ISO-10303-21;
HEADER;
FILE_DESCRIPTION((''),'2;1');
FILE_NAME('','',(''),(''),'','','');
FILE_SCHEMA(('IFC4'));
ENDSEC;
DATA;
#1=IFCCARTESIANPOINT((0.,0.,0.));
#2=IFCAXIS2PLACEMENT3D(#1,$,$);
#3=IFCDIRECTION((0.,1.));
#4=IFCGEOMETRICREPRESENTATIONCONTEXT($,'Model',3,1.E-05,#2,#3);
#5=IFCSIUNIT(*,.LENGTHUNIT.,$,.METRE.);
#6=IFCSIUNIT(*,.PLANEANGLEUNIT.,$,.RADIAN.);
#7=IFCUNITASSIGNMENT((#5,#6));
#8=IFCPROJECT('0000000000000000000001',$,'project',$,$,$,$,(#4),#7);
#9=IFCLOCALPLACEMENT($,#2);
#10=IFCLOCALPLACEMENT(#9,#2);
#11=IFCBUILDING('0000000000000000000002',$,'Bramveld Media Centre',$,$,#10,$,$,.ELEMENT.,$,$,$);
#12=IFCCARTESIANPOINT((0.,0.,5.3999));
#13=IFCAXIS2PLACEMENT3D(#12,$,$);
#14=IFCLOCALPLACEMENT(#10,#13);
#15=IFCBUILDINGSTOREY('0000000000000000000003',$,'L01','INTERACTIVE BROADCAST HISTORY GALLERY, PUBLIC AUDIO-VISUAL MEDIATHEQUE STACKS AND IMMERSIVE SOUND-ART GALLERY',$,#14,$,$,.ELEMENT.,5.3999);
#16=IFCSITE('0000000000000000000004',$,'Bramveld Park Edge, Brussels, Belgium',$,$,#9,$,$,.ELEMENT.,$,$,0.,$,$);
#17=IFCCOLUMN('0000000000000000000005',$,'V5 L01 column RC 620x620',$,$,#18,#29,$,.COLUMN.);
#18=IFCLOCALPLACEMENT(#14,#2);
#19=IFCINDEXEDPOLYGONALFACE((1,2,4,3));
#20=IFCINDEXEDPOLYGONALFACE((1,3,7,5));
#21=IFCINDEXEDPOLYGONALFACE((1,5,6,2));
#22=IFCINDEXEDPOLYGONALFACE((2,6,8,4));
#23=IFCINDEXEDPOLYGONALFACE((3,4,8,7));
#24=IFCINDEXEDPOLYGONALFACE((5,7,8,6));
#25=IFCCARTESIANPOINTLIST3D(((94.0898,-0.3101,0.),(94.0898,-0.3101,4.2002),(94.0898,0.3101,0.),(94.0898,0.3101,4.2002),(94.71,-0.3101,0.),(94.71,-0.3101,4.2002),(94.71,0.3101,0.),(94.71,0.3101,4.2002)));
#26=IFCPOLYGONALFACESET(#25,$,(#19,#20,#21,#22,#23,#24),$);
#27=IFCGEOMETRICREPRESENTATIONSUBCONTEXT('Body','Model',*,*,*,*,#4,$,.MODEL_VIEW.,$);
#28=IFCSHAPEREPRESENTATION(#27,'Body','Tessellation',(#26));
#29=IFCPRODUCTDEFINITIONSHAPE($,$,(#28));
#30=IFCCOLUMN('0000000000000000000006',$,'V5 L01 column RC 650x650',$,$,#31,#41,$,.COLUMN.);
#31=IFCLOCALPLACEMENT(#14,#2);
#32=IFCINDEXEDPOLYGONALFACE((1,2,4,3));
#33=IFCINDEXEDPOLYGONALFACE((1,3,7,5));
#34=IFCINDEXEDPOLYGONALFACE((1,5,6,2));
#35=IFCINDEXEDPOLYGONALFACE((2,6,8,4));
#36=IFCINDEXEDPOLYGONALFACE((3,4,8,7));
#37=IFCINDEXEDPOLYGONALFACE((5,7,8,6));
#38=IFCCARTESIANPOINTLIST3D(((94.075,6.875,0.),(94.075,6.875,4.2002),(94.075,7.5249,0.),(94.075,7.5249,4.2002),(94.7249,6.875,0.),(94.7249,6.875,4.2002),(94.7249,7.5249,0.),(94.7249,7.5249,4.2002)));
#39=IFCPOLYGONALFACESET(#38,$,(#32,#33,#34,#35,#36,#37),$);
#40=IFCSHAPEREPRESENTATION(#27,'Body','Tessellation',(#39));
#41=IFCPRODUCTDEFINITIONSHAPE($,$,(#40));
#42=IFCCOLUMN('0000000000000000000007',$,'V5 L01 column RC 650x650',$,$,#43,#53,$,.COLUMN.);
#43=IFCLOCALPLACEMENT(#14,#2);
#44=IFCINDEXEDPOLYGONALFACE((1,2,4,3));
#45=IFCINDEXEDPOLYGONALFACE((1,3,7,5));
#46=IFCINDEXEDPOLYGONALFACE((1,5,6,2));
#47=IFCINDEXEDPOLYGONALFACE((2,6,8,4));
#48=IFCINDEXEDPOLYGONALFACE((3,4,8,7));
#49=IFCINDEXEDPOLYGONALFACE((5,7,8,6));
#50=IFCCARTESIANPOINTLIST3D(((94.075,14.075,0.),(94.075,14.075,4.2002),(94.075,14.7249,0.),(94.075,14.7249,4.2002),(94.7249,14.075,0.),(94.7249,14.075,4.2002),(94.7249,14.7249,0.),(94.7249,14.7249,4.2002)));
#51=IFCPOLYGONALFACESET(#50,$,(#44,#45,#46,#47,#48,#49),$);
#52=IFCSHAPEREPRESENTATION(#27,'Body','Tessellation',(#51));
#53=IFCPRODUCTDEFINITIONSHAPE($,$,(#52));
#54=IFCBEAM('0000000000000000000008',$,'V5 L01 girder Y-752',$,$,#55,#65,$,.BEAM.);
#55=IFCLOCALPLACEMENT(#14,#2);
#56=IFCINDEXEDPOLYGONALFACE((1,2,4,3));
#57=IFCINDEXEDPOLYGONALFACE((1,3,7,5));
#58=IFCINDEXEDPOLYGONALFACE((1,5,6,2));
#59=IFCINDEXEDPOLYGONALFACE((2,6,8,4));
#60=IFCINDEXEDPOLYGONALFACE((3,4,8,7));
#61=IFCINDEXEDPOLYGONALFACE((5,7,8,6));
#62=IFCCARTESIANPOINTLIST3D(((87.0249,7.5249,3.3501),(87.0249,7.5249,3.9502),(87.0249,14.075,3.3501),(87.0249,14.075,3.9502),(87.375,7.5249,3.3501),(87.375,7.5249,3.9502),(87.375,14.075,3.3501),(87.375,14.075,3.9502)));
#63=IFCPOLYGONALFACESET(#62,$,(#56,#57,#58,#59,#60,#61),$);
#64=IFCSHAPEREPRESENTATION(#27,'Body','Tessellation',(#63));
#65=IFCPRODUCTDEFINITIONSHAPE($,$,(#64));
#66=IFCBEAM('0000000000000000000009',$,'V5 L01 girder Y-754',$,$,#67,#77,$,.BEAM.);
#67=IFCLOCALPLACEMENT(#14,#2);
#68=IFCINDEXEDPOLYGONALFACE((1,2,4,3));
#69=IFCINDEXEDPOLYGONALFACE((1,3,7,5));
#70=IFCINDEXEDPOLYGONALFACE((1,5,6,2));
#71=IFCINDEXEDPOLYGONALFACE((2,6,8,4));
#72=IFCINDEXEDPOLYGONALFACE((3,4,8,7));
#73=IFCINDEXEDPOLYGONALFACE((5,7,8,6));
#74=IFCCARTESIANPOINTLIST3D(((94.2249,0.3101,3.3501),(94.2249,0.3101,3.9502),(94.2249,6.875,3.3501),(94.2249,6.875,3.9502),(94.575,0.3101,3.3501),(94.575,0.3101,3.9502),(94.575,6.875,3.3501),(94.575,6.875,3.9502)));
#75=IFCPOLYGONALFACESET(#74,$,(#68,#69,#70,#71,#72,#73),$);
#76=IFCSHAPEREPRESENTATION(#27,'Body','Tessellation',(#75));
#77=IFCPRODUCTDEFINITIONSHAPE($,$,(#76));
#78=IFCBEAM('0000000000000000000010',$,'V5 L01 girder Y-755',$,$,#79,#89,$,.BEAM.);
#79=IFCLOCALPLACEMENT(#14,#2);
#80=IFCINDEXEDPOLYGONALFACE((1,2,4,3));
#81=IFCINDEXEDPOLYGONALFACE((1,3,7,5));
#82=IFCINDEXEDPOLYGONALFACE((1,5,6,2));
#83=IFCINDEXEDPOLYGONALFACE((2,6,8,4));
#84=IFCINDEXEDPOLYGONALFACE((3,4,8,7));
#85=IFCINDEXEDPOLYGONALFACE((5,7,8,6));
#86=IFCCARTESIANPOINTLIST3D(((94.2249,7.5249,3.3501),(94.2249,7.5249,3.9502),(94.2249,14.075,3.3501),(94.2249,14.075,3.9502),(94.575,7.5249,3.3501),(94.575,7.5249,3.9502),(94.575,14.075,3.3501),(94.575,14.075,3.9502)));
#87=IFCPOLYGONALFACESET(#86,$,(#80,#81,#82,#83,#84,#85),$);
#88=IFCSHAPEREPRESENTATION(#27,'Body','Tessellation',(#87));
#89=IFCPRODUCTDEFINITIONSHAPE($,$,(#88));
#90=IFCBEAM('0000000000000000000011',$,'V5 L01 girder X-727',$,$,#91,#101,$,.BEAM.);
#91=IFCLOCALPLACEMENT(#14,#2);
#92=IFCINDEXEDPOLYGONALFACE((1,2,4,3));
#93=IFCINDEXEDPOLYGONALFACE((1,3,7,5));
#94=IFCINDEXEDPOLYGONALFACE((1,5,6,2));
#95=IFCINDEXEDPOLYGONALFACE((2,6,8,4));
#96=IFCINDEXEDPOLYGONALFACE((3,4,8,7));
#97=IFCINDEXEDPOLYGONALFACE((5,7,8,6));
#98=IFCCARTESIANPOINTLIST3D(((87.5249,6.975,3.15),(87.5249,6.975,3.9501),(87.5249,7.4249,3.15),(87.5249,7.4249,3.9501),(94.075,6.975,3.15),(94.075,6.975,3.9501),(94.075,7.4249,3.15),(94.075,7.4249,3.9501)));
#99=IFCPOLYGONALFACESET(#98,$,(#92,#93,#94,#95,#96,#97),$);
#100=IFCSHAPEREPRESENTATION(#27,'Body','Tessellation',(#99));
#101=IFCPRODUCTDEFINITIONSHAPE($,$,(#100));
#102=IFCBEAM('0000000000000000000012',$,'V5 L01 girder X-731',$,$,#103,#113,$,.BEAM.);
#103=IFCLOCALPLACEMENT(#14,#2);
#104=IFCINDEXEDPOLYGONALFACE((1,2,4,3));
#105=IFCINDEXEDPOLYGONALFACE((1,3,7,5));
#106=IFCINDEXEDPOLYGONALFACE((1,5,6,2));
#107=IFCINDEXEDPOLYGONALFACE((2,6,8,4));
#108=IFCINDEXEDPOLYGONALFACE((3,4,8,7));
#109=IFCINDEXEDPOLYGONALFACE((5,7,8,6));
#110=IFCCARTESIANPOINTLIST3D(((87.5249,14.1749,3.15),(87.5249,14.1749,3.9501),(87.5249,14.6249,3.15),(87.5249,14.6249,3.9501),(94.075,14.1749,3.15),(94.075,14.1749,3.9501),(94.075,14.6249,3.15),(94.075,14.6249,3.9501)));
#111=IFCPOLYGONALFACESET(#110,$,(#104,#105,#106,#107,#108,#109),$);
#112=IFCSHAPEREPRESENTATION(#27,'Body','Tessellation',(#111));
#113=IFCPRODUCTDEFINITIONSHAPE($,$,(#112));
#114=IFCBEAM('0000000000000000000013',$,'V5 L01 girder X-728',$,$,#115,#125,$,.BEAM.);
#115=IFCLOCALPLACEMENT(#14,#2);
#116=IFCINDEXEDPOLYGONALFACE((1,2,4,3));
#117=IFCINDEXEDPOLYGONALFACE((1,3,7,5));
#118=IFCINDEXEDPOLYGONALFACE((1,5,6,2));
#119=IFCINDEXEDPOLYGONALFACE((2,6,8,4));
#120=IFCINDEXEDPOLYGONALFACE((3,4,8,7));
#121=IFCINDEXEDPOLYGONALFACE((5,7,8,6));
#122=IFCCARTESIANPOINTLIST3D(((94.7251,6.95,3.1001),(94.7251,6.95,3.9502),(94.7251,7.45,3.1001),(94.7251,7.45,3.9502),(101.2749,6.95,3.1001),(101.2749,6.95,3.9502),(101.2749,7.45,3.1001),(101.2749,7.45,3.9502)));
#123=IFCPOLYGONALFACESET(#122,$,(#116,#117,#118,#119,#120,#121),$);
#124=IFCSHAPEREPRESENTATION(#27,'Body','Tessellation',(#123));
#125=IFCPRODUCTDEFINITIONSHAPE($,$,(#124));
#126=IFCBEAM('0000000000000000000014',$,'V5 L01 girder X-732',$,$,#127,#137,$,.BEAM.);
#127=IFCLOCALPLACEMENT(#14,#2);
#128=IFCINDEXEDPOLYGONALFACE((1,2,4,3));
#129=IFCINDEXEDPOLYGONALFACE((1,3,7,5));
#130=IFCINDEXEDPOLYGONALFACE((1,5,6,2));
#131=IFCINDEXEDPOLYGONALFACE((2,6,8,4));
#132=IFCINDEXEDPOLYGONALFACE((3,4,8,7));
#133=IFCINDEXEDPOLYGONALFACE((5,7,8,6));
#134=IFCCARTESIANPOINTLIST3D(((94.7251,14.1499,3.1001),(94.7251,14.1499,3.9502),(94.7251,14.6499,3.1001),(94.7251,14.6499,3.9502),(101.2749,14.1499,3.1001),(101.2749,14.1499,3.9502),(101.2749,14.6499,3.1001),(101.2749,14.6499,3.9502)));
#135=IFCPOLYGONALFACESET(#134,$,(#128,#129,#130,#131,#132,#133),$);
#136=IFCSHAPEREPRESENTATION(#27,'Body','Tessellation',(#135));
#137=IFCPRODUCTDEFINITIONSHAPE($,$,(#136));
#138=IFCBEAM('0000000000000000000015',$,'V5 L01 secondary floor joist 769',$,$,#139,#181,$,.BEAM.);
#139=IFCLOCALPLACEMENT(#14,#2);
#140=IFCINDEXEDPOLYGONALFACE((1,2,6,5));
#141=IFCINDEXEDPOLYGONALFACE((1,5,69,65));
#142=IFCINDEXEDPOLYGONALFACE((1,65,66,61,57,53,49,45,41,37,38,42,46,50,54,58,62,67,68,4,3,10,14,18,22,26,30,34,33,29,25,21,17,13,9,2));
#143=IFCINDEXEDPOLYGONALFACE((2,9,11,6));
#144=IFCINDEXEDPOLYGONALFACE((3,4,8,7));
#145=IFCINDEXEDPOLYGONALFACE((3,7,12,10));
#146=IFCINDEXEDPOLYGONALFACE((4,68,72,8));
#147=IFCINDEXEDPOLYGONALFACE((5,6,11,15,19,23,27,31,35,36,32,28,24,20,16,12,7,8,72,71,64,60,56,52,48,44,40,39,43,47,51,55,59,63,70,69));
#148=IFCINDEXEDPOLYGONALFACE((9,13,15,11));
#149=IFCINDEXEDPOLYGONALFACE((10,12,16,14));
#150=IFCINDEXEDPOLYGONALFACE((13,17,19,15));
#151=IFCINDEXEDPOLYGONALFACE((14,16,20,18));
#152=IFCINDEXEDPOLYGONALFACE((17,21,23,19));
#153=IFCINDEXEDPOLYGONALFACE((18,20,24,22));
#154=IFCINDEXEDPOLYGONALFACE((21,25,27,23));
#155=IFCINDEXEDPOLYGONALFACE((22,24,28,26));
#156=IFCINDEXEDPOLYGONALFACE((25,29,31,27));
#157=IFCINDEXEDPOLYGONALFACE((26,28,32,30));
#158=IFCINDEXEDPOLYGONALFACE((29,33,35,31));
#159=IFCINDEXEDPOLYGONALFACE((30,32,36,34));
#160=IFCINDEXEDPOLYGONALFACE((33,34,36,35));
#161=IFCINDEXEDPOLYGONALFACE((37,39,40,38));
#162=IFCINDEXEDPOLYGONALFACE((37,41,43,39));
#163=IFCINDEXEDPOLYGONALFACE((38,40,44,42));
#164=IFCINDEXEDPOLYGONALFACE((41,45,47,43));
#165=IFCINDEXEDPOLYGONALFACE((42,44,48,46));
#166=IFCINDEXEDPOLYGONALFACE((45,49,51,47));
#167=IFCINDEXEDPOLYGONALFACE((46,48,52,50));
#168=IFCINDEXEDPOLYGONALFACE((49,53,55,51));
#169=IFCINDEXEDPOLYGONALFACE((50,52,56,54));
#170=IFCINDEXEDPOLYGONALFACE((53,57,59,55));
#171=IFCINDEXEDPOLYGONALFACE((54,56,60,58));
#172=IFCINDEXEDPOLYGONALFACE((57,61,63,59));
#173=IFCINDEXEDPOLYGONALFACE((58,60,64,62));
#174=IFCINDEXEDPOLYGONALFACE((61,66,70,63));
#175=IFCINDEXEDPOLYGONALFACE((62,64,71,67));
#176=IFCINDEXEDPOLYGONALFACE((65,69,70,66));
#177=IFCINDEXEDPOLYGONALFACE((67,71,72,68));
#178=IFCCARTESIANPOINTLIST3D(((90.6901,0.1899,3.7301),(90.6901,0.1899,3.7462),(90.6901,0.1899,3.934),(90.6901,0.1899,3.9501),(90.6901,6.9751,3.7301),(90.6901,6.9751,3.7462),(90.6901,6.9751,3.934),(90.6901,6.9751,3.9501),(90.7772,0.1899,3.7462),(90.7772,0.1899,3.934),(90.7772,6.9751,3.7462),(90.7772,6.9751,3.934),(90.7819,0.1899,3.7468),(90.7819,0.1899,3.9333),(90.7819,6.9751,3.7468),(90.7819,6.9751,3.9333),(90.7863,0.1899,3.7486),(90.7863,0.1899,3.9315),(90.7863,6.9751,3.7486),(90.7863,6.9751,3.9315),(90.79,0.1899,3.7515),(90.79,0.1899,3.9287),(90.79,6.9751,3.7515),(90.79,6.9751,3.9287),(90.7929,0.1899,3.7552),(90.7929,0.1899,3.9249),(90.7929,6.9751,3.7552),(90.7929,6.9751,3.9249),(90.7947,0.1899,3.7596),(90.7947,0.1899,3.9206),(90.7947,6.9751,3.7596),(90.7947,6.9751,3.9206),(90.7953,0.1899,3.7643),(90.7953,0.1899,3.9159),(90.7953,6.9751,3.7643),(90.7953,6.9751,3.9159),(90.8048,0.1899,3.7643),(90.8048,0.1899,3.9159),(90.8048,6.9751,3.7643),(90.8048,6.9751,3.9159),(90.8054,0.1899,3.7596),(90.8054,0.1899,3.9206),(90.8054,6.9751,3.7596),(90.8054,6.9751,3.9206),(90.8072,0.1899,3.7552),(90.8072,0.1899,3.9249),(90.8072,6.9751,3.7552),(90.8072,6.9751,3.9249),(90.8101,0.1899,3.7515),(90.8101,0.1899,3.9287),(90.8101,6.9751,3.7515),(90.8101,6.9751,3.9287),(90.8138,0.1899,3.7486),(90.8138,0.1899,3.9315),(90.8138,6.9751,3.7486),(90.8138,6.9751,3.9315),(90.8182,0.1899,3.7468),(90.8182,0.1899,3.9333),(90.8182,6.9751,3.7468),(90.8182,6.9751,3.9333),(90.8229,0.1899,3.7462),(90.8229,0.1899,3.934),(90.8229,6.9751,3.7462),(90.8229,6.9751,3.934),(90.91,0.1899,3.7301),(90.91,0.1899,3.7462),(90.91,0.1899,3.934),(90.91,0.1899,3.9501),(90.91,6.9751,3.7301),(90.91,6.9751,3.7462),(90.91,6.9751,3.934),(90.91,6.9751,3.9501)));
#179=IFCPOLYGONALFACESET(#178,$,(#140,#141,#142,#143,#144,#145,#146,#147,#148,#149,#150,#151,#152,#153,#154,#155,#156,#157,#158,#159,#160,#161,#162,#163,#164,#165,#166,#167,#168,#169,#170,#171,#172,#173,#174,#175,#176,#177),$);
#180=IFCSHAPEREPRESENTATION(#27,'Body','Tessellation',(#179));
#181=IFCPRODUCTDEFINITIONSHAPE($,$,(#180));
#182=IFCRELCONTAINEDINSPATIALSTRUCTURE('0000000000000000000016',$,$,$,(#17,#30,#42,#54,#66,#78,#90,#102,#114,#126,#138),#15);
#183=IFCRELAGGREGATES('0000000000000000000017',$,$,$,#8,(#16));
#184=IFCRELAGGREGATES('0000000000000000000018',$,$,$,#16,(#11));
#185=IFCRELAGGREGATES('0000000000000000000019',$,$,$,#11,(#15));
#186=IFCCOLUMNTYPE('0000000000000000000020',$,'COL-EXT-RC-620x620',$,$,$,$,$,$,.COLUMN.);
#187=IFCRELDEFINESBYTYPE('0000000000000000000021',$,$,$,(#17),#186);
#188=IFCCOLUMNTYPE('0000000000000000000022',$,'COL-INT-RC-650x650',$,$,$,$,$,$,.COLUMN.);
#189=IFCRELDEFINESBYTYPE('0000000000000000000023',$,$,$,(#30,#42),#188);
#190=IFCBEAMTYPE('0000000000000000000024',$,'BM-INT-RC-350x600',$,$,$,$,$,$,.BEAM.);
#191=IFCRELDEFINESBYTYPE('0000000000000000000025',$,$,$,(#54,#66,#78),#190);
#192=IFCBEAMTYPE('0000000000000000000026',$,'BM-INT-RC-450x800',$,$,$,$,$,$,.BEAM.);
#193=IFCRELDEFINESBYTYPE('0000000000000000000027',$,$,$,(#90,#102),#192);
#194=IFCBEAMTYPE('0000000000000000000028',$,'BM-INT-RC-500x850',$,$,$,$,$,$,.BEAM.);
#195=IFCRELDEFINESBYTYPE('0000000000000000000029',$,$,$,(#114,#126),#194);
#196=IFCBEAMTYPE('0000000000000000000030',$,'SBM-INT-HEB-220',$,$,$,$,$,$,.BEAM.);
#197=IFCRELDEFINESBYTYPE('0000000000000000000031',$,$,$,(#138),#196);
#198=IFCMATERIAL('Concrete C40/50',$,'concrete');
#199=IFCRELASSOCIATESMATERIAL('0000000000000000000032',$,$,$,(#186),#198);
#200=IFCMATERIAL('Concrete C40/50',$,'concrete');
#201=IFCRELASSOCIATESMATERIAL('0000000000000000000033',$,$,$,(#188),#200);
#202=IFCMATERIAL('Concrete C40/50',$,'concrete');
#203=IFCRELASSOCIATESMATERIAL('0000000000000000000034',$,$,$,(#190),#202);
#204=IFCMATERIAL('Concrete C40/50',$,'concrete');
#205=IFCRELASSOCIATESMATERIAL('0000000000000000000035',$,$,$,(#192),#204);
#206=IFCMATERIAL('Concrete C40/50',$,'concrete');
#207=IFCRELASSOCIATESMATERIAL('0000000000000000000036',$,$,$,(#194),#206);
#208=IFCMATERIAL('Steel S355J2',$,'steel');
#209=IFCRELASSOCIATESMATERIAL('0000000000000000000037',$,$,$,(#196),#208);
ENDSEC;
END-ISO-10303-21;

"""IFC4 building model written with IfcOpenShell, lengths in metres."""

from ifc_helpers import new_model, si_unit, direction, frame, origin, origin_2d, place, context, subcontext, project, spatial, rectangle, i_section, extrude, material, material_profile, profile_set, type_object, element, save


model = new_model("IFC4")

# Units and contexts
model_context = context("Model", 3, precision=1e-05, world=origin(), true_north=direction((0.0, 1.0)))
body_context = subcontext(model_context, "Body", "Model", "MODEL_VIEW")
ifc_project = project(units=[si_unit("LENGTHUNIT", "METRE"), si_unit("PLANEANGLEUNIT", "RADIAN")], contexts=[model_context])

# Site, building, storey
site_placement = place(None, origin())
site = spatial("IfcSite", under=ifc_project, at=site_placement, Name="Bramveld Park Edge, Brussels, Belgium", CompositionType="ELEMENT", RefElevation=0.0)
building_placement = place(site_placement, origin())
building = spatial("IfcBuilding", under=site, at=building_placement, Name="Bramveld Media Centre", CompositionType="ELEMENT")
storey_placement = place(building_placement, frame((0.0, 0.0, 5.3999)))
storey = spatial("IfcBuildingStorey", under=building, at=storey_placement, Name="L01", Description="INTERACTIVE BROADCAST HISTORY GALLERY, PUBLIC AUDIO-VISUAL MEDIATHEQUE STACKS AND IMMERSIVE SOUND-ART GALLERY", CompositionType="ELEMENT", Elevation=5.3999)

# Columns
ifc_material_1 = material(Name="Concrete C40/50", Category="concrete")
ifc_material_profile_1 = material_profile(ifc_material_1, rectangle(XDim=0.6201, YDim=0.6201, at=origin_2d()), Name="RC 620x620")
ifc_profile_set_1 = profile_set([ifc_material_profile_1], Name="Concrete C40/50")
column_type_1 = type_object("IfcColumnType", Name="COL-EXT-RC-620x620", PredefinedType="COLUMN", material=ifc_profile_set_1)
column_placement = place(storey_placement, frame((94.3999, 0.0, 0.0), z_axis=(0.0, 0.0, 1.0), x_axis=(1.0, 0.0, 0.0)))
element("IfcColumn", 1, at=column_placement, inside=storey, type_object=column_type_1, Name="V5 L01 column RC 620x620", PredefinedType="COLUMN", context=body_context, shape_type="SweptSolid", body=[
    extrude(rectangle(XDim=0.6201, YDim=0.6201, at=origin_2d()), origin(), (0.0, 0.0, 1.0), 4.2002),
])
ifc_material_2 = material(Name="Concrete C40/50", Category="concrete")
ifc_material_profile_2 = material_profile(ifc_material_2, rectangle(XDim=0.6499, YDim=0.6499, at=origin_2d()), Name="RC 650x650")
ifc_profile_set_2 = profile_set([ifc_material_profile_2], Name="Concrete C40/50")
column_type_2 = type_object("IfcColumnType", Name="COL-INT-RC-650x650", PredefinedType="COLUMN", material=ifc_profile_set_2)
for number, where, z_axis, x_axis, name in (
    (2, (94.3999, 7.2, 0.0), (0.0, 0.0, 1.0), (1.0, 0.0, 0.0), "V5 L01 column RC 650x650"),
    (3, (94.3999, 14.3999, 0.0), (0.0, 0.0, 1.0), (1.0, 0.0, 0.0), "V5 L01 column RC 650x650"),
):
    element("IfcColumn", number, at=place(storey_placement, frame(where, z_axis=z_axis, x_axis=x_axis)), inside=storey, type_object=column_type_2, Name=name, PredefinedType="COLUMN", context=body_context, shape_type="SweptSolid", body=[
        extrude(rectangle(XDim=0.6499, YDim=0.6499, at=origin_2d()), origin(), (0.0, 0.0, 1.0), 4.2002),
    ])

# Beams
ifc_material_3 = material(Name="Concrete C40/50", Category="concrete")
ifc_material_profile_3 = material_profile(ifc_material_3, rectangle(XDim=0.3501, YDim=0.6001, at=origin_2d()), Name="RC 350x600")
ifc_profile_set_3 = profile_set([ifc_material_profile_3], Name="Concrete C40/50")
beam_type_1 = type_object("IfcBeamType", Name="BM-INT-RC-350x600", PredefinedType="BEAM", material=ifc_profile_set_3)
beam_1_placement = place(storey_placement, frame((87.2, 7.5249, 3.6501), z_axis=(0.0, 1.0, 0.0), x_axis=(-1.0, 0.0, 0.0)))
element("IfcBeam", 4, at=beam_1_placement, inside=storey, type_object=beam_type_1, Name="V5 L01 girder Y-752", PredefinedType="BEAM", context=body_context, shape_type="SweptSolid", body=[
    extrude(rectangle(XDim=0.3501, YDim=0.6001, at=origin_2d()), origin(), (0.0, 0.0, 1.0), 6.55),
])
beam_2_placement = place(storey_placement, frame((94.3999, 0.3101, 3.6501), z_axis=(0.0, 1.0, 0.0), x_axis=(-1.0, 0.0, 0.0)))
element("IfcBeam", 5, at=beam_2_placement, inside=storey, type_object=beam_type_1, Name="V5 L01 girder Y-754", PredefinedType="BEAM", context=body_context, shape_type="SweptSolid", body=[
    extrude(rectangle(XDim=0.3501, YDim=0.6001, at=origin_2d()), origin(), (0.0, 0.0, 1.0), 6.5649),
])
beam_3_placement = place(storey_placement, frame((94.3999, 7.5249, 3.6501), z_axis=(0.0, 1.0, 0.0), x_axis=(-1.0, 0.0, 0.0)))
element("IfcBeam", 6, at=beam_3_placement, inside=storey, type_object=beam_type_1, Name="V5 L01 girder Y-755", PredefinedType="BEAM", context=body_context, shape_type="SweptSolid", body=[
    extrude(rectangle(XDim=0.3501, YDim=0.6001, at=origin_2d()), origin(), (0.0, 0.0, 1.0), 6.55),
])
ifc_material_4 = material(Name="Concrete C40/50", Category="concrete")
ifc_material_profile_4 = material_profile(ifc_material_4, rectangle(XDim=0.45, YDim=0.8, at=origin_2d()), Name="RC 450x800")
ifc_profile_set_4 = profile_set([ifc_material_profile_4], Name="Concrete C40/50")
beam_type_2 = type_object("IfcBeamType", Name="BM-INT-RC-450x800", PredefinedType="BEAM", material=ifc_profile_set_4)
for number, where, z_axis, x_axis, name in (
    (7, (87.5249, 7.2, 3.55), (1.0, 0.0, 0.0), (0.0, 1.0, 0.0), "V5 L01 girder X-727"),
    (8, (87.5249, 14.3999, 3.55), (1.0, 0.0, 0.0), (0.0, 1.0, 0.0), "V5 L01 girder X-731"),
):
    element("IfcBeam", number, at=place(storey_placement, frame(where, z_axis=z_axis, x_axis=x_axis)), inside=storey, type_object=beam_type_2, Name=name, PredefinedType="BEAM", context=body_context, shape_type="SweptSolid", body=[
        extrude(rectangle(XDim=0.45, YDim=0.8, at=origin_2d()), origin(), (0.0, 0.0, 1.0), 6.55),
    ])
ifc_material_5 = material(Name="Concrete C40/50", Category="concrete")
ifc_material_profile_5 = material_profile(ifc_material_5, rectangle(XDim=0.5, YDim=0.8501, at=origin_2d()), Name="RC 500x850")
ifc_profile_set_5 = profile_set([ifc_material_profile_5], Name="Concrete C40/50")
beam_type_3 = type_object("IfcBeamType", Name="BM-INT-RC-500x850", PredefinedType="BEAM", material=ifc_profile_set_5)
for number, where, z_axis, x_axis, name in (
    (9, (94.7251, 7.2, 3.5251), (1.0, 0.0, 0.0), (0.0, 1.0, 0.0), "V5 L01 girder X-728"),
    (10, (94.7251, 14.3999, 3.5251), (1.0, 0.0, 0.0), (0.0, 1.0, 0.0), "V5 L01 girder X-732"),
):
    element("IfcBeam", number, at=place(storey_placement, frame(where, z_axis=z_axis, x_axis=x_axis)), inside=storey, type_object=beam_type_3, Name=name, PredefinedType="BEAM", context=body_context, shape_type="SweptSolid", body=[
        extrude(rectangle(XDim=0.5, YDim=0.8501, at=origin_2d()), origin(), (0.0, 0.0, 1.0), 6.5498),
    ])
ifc_material_6 = material(Name="Steel S355J2", Category="steel")
ifc_material_profile_6 = material_profile(ifc_material_6, i_section(OverallWidth=0.22, OverallDepth=0.22, WebThickness=0.0095, FlangeThickness=0.0161, FilletRadius=0.0181, at=origin_2d()), Name="HEB 220")
ifc_profile_set_6 = profile_set([ifc_material_profile_6], Name="Steel S355J2")
beam_type_4 = type_object("IfcBeamType", Name="SBM-INT-HEB-220", PredefinedType="BEAM", material=ifc_profile_set_6)
beam_4_placement = place(storey_placement, frame((90.8, 0.1899, 3.8401), z_axis=(0.0, 1.0, 0.0), x_axis=(-1.0, 0.0, 0.0)))
element("IfcBeam", 11, at=beam_4_placement, inside=storey, type_object=beam_type_4, Name="V5 L01 secondary floor joist 769", PredefinedType="BEAM", context=body_context, shape_type="SweptSolid", body=[
    extrude(i_section(OverallWidth=0.22, OverallDepth=0.22, WebThickness=0.0095, FlangeThickness=0.0161, FilletRadius=0.0181, at=origin_2d()), origin(), (0.0, 0.0, 1.0), 6.7852),
])

save(model, "model.ifc")
